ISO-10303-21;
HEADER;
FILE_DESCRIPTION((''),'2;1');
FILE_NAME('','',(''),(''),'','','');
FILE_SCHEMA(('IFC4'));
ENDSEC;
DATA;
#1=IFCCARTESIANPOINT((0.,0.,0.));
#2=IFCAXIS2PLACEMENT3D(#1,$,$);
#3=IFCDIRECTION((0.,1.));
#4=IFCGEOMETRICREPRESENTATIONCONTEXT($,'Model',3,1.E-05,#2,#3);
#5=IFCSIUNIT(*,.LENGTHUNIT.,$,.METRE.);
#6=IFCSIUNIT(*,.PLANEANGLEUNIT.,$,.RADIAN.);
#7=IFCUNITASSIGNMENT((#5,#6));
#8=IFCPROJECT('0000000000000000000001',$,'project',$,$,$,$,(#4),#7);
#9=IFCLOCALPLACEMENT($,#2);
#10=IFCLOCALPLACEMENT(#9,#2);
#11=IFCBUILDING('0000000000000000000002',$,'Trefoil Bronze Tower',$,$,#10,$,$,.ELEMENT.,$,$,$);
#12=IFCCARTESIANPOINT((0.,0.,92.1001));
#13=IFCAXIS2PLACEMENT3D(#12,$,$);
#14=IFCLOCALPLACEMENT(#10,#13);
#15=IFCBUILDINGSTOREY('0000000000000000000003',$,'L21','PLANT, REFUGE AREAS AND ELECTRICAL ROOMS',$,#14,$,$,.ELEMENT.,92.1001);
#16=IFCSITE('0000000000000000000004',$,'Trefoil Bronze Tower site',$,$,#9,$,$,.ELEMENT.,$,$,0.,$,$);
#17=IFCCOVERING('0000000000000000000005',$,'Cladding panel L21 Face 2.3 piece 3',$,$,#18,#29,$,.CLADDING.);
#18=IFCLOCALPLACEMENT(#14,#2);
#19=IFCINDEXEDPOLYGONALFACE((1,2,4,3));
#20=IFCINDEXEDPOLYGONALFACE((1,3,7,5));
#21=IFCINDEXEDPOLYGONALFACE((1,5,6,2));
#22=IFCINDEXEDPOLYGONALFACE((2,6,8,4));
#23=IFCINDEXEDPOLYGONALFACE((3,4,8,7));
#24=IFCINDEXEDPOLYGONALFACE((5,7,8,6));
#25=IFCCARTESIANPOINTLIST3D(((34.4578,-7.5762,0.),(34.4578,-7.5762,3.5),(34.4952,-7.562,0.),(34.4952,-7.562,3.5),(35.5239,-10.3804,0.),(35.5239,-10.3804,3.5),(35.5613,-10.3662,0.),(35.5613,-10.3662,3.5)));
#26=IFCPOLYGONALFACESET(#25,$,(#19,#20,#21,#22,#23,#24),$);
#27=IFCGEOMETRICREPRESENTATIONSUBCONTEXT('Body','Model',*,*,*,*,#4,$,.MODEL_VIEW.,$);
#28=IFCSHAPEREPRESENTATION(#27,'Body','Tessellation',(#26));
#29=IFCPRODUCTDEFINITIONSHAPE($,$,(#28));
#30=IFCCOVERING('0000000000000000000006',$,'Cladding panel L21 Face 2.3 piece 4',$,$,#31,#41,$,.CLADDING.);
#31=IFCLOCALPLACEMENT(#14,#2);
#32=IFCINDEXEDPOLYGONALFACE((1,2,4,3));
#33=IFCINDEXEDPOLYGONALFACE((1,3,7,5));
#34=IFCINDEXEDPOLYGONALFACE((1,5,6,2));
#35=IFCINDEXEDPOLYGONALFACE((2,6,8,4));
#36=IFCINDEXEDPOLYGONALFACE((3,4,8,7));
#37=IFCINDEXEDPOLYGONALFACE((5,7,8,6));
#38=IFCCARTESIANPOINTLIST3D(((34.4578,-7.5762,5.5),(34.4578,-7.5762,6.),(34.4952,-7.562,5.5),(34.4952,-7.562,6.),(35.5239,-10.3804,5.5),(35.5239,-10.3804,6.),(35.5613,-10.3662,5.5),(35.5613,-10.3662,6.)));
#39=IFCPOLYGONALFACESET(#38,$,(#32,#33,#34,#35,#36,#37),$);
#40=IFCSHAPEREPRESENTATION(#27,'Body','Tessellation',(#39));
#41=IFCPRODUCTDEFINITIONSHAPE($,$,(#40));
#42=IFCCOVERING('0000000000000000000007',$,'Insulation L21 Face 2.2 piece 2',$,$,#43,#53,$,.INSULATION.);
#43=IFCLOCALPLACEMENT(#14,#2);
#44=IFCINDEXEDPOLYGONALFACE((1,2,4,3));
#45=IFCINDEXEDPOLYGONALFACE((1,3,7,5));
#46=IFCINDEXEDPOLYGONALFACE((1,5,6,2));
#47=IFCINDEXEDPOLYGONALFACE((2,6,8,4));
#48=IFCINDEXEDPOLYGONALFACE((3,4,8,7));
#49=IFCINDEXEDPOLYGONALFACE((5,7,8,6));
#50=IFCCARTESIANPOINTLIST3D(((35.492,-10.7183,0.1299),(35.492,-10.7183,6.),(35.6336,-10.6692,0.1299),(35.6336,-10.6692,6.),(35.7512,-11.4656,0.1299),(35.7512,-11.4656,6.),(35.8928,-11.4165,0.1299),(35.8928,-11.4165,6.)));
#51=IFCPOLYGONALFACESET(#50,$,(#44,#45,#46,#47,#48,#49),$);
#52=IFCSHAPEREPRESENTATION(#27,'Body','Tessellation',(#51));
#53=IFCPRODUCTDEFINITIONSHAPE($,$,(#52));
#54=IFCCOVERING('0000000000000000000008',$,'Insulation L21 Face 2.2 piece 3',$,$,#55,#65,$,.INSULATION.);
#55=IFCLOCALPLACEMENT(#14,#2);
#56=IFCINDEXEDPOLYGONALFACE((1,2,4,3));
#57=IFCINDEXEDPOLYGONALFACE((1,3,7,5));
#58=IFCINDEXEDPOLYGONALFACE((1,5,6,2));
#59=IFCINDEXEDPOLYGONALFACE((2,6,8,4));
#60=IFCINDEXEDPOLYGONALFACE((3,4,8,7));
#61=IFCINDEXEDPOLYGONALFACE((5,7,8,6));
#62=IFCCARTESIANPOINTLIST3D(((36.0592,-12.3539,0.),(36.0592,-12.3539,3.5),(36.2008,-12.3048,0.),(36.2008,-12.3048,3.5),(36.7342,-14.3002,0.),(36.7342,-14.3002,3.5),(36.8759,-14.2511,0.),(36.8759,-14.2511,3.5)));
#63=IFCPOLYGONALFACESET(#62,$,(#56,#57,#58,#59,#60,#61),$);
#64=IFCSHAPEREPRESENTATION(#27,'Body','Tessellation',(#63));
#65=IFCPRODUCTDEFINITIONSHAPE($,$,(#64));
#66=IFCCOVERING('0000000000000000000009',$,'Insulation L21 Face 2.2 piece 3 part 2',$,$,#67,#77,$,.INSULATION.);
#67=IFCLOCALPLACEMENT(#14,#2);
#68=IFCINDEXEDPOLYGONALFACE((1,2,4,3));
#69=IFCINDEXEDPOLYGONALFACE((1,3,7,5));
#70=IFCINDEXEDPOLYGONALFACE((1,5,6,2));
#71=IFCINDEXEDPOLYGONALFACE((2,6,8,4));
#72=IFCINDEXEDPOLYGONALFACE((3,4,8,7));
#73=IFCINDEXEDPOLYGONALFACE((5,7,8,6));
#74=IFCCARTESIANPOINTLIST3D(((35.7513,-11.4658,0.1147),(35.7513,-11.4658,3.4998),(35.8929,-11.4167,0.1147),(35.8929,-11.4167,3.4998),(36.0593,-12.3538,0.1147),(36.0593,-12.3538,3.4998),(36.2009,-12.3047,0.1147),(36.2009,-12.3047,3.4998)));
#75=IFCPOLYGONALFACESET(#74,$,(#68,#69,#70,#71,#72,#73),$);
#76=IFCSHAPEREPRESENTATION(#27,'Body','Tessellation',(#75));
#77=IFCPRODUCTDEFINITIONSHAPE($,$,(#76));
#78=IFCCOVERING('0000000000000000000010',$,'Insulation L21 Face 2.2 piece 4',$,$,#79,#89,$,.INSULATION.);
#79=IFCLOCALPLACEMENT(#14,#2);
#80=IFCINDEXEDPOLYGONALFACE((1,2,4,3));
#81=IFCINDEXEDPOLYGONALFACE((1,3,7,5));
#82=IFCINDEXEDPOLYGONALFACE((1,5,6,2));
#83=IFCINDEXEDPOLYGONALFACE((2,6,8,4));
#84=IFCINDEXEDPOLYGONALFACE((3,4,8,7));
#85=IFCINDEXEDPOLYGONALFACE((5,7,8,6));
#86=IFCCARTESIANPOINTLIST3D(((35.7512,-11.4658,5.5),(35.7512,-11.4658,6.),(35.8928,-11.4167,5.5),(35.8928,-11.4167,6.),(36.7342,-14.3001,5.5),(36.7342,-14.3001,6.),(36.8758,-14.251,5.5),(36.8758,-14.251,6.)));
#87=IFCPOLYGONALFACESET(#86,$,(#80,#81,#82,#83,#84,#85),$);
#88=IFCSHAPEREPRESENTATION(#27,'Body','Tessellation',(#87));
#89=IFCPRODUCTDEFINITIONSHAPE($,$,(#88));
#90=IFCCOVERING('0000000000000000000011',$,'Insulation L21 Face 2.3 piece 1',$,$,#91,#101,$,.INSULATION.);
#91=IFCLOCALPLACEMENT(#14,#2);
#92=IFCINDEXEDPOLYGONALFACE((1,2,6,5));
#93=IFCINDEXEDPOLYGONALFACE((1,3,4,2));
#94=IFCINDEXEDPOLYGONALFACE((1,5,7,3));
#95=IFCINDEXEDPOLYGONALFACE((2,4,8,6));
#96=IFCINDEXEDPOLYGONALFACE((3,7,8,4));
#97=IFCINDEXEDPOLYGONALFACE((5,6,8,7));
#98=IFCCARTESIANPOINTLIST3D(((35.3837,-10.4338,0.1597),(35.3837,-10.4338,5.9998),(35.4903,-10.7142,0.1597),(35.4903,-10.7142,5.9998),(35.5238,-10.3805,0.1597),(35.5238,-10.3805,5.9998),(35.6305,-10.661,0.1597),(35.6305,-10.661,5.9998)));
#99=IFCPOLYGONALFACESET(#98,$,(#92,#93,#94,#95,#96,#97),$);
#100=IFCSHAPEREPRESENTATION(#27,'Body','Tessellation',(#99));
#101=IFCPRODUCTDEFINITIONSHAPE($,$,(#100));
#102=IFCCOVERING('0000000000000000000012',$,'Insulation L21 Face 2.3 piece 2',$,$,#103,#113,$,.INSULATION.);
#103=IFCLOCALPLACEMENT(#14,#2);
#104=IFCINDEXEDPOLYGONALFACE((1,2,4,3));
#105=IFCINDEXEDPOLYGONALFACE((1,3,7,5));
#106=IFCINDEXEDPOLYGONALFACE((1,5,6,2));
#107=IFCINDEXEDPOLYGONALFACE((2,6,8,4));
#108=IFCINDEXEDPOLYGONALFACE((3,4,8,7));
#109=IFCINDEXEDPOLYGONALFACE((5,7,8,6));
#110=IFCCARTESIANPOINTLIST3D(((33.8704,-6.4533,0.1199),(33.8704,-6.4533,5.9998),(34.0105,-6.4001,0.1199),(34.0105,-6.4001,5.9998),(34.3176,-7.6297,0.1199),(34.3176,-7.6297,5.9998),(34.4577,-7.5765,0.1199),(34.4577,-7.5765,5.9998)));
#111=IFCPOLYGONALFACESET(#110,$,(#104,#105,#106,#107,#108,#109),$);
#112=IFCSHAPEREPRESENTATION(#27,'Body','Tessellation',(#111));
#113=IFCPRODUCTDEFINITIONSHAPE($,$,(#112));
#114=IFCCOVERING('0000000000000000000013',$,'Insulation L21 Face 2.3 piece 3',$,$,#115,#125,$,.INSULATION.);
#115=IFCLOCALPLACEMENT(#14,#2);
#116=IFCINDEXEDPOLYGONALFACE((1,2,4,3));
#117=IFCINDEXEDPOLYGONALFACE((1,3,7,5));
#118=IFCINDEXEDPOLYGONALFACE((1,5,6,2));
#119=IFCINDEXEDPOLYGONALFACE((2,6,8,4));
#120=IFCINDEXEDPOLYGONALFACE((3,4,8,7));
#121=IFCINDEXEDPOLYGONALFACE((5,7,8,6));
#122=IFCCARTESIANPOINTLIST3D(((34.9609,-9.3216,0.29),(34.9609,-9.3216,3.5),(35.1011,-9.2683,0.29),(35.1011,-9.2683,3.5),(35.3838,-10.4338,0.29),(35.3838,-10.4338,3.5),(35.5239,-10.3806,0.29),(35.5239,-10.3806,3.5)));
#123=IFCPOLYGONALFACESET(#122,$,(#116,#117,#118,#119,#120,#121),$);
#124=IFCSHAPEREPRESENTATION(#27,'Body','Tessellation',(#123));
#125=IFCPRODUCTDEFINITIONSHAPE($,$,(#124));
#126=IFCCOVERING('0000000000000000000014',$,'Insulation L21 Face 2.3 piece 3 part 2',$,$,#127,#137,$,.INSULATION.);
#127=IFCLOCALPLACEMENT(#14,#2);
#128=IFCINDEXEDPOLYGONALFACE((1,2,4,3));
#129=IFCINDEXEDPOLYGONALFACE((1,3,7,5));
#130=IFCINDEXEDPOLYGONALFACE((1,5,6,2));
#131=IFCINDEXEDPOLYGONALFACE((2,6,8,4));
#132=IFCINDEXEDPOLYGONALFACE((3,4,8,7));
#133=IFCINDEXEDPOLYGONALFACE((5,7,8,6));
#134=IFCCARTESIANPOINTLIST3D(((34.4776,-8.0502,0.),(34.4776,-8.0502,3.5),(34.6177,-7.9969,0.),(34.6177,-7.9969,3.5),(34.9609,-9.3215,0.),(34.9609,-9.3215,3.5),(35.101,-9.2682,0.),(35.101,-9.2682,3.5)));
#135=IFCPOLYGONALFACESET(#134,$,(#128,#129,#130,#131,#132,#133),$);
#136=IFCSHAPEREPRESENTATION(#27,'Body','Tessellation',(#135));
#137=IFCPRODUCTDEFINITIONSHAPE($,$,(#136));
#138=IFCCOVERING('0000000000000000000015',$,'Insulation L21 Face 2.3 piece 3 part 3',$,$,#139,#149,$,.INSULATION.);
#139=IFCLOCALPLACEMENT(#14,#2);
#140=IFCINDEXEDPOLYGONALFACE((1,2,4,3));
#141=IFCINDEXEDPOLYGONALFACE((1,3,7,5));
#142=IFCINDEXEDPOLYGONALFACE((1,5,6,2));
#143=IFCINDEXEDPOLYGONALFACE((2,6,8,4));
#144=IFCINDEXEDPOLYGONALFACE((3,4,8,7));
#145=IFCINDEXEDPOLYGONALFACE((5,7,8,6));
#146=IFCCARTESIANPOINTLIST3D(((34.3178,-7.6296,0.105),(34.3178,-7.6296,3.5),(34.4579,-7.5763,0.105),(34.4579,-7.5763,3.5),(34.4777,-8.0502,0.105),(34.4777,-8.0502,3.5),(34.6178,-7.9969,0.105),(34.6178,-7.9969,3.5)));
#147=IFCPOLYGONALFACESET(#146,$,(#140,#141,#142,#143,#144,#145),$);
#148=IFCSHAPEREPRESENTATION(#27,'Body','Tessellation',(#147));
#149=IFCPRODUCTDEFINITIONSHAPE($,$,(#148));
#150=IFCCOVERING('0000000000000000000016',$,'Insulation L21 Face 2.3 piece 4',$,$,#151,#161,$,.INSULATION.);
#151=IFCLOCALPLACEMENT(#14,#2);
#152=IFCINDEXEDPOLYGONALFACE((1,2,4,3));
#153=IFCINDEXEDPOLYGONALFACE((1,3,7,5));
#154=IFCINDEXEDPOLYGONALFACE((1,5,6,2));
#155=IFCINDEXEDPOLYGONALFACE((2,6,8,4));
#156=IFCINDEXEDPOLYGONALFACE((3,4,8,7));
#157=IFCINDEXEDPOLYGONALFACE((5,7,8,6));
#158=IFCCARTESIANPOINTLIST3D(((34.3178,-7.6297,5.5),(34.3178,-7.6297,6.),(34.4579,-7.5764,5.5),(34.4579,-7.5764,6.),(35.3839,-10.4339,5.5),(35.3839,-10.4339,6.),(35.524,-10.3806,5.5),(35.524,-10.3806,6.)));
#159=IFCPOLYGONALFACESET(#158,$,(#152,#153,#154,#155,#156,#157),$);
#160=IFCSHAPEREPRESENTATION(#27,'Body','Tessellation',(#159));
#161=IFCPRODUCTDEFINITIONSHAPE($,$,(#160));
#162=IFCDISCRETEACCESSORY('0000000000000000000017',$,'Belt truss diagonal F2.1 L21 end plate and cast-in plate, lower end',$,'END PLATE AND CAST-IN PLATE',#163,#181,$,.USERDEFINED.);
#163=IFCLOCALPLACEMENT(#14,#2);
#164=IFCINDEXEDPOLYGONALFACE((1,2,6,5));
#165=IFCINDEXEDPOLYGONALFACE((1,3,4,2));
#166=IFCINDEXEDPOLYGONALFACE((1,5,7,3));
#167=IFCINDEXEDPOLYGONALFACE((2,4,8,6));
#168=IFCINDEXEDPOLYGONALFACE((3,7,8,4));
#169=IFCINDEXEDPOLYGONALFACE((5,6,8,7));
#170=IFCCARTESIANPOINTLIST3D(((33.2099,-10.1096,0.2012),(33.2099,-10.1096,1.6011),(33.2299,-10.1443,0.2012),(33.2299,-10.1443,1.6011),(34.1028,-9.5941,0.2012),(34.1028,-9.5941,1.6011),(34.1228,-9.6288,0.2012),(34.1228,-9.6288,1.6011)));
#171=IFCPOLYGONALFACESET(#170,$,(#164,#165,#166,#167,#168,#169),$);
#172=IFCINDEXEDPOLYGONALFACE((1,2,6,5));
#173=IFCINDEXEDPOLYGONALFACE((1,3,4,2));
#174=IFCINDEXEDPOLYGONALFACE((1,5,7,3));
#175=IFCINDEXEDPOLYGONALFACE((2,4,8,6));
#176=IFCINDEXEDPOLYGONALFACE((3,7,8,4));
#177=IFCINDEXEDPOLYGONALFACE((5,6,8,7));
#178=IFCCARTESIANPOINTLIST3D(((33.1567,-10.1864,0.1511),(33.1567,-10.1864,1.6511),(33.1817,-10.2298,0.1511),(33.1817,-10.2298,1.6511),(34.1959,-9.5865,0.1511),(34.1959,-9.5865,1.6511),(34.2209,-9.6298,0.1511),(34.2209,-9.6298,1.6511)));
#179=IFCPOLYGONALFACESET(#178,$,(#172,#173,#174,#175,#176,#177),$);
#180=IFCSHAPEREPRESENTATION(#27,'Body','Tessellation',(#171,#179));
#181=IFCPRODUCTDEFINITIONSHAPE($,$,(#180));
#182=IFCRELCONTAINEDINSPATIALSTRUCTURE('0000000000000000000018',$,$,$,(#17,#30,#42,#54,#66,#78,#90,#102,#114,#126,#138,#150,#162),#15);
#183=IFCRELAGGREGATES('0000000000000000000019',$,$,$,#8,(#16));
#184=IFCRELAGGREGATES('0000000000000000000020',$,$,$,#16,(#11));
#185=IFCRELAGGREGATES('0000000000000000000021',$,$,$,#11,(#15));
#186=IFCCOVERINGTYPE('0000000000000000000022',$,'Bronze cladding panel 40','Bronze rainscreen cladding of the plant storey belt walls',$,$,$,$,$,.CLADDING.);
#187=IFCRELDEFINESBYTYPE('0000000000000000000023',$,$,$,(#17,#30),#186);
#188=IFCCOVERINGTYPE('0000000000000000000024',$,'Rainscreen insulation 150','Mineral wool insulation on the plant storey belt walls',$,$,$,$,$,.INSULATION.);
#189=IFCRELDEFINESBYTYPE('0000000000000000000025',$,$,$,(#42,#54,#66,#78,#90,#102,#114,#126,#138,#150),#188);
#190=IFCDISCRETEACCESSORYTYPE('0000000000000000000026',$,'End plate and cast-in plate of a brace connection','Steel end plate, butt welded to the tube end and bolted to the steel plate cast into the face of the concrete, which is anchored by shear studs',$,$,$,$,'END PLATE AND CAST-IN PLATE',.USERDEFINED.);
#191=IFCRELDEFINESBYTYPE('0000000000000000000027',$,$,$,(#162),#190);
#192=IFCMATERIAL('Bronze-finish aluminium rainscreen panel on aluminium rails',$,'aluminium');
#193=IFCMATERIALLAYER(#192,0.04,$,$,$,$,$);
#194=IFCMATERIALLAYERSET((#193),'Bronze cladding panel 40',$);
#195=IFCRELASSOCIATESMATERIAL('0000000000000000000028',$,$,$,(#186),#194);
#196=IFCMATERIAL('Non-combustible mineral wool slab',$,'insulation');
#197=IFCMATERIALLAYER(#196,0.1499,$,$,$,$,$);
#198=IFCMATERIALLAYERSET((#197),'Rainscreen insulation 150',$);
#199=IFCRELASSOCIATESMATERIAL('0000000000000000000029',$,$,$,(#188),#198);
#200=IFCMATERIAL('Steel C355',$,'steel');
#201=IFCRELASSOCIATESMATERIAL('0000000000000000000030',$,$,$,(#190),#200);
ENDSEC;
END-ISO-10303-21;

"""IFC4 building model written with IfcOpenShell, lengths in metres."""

from ifc_helpers import new_model, si_unit, direction, frame, origin, origin_2d, place, context, subcontext, project, spatial, rectangle, extrude, material, layer, layer_set, type_object, element, save


model = new_model("IFC4")

# Units and contexts
model_context = context("Model", 3, precision=1e-05, world=origin(), true_north=direction((0.0, 1.0)))
body_context = subcontext(model_context, "Body", "Model", "MODEL_VIEW")
ifc_project = project(units=[si_unit("LENGTHUNIT", "METRE"), si_unit("PLANEANGLEUNIT", "RADIAN")], contexts=[model_context])

# Site, building, storey
site_placement = place(None, origin())
site = spatial("IfcSite", under=ifc_project, at=site_placement, Name="Trefoil Bronze Tower site", CompositionType="ELEMENT", RefElevation=0.0)
building_placement = place(site_placement, origin())
building = spatial("IfcBuilding", under=site, at=building_placement, Name="Trefoil Bronze Tower", CompositionType="ELEMENT")
storey_placement = place(building_placement, frame((0.0, 0.0, 92.1001)))
storey = spatial("IfcBuildingStorey", under=building, at=storey_placement, Name="L21", Description="PLANT, REFUGE AREAS AND ELECTRICAL ROOMS", CompositionType="ELEMENT", Elevation=92.1001)

# Coverings
ifc_material_1 = material(Name="Bronze-finish aluminium rainscreen panel on aluminium rails", Category="aluminium")
ifc_layer_1 = layer(ifc_material_1, 0.04)
ifc_layer_set_1 = layer_set([ifc_layer_1], Name="Bronze cladding panel 40")
covering_type_1 = type_object("IfcCoveringType", Name="Bronze cladding panel 40", Description="Bronze rainscreen cladding of the plant storey belt walls", PredefinedType="CLADDING", material=ifc_layer_set_1)
covering_1_placement = place(storey_placement, frame((35.0095, -8.9712, 0.0), z_axis=(0.0, 0.0, 1.0), x_axis=(-0.355371, 0.934725, 0.0)))
element("IfcCovering", 1, at=covering_1_placement, inside=storey, type_object=covering_type_1, Name="Cladding panel L21 Face 2.3 piece 3", PredefinedType="CLADDING", context=body_context, shape_type="SweptSolid", body=[
    extrude(rectangle(XDim=3.0, YDim=0.04, at=origin_2d()), origin(), (0.0, 0.0, 1.0), 3.5),
])
covering_2_placement = place(storey_placement, frame((35.0095, -8.9712, 5.5), z_axis=(0.0, 0.0, 1.0), x_axis=(-0.355371, 0.934725, 0.0)))
element("IfcCovering", 2, at=covering_2_placement, inside=storey, type_object=covering_type_1, Name="Cladding panel L21 Face 2.3 piece 4", PredefinedType="CLADDING", context=body_context, shape_type="SweptSolid", body=[
    extrude(rectangle(XDim=3.0, YDim=0.04, at=origin_2d()), origin(), (0.0, 0.0, 1.0), 0.5),
])
ifc_material_2 = material(Name="Non-combustible mineral wool slab", Category="insulation")
ifc_layer_2 = layer(ifc_material_2, 0.1499)
ifc_layer_set_2 = layer_set([ifc_layer_2], Name="Rainscreen insulation 150")
covering_type_2 = type_object("IfcCoveringType", Name="Rainscreen insulation 150", Description="Mineral wool insulation on the plant storey belt walls", PredefinedType="INSULATION", material=ifc_layer_set_2)
covering_3_placement = place(storey_placement, frame((35.6924, -11.0674, 0.1299), z_axis=(0.0, 0.0, 1.0), x_axis=(-0.327674, 0.944791, 0.0)))
element("IfcCovering", 3, at=covering_3_placement, inside=storey, type_object=covering_type_2, Name="Insulation L21 Face 2.2 piece 2", PredefinedType="INSULATION", context=body_context, shape_type="SweptSolid", body=[
    extrude(rectangle(XDim=0.791, YDim=0.1499, at=origin_2d()), origin(), (0.0, 0.0, 1.0), 5.8701),
])
covering_4_placement = place(storey_placement, frame((36.4675, -13.3025, 0.0), z_axis=(0.0, 0.0, 1.0), x_axis=(-0.327674, 0.944791, 0.0)))
element("IfcCovering", 4, at=covering_4_placement, inside=storey, type_object=covering_type_2, Name="Insulation L21 Face 2.2 piece 3", PredefinedType="INSULATION", context=body_context, shape_type="SweptSolid", body=[
    extrude(rectangle(XDim=2.0601, YDim=0.1499, at=origin_2d()), origin(), (0.0, 0.0, 1.0), 3.5),
])
covering_5_placement = place(storey_placement, frame((35.9761, -11.8853, 0.1147), z_axis=(0.0, 0.0, 1.0), x_axis=(-0.327674, 0.944791, 0.0)))
element("IfcCovering", 5, at=covering_5_placement, inside=storey, type_object=covering_type_2, Name="Insulation L21 Face 2.2 piece 3 part 2", PredefinedType="INSULATION", context=body_context, shape_type="SweptSolid", body=[
    extrude(rectangle(XDim=0.9399, YDim=0.1499, at=origin_2d()), origin(), (0.0, 0.0, 1.0), 3.385),
])
covering_6_placement = place(storey_placement, frame((36.3135, -12.8584, 5.5), z_axis=(0.0, 0.0, 1.0), x_axis=(-0.327674, 0.944791, 0.0)))
element("IfcCovering", 6, at=covering_6_placement, inside=storey, type_object=covering_type_2, Name="Insulation L21 Face 2.2 piece 4", PredefinedType="INSULATION", context=body_context, shape_type="SweptSolid", body=[
    extrude(rectangle(XDim=3.0, YDim=0.1499, at=origin_2d()), origin(), (0.0, 0.0, 1.0), 0.5),
])
covering_7_placement = place(storey_placement, frame((35.5071, -10.5474, 0.1597), z_axis=(0.0, 0.0, 1.0), x_axis=(-0.355371, 0.934725, 0.0)))
element("IfcCovering", 7, at=covering_7_placement, inside=storey, type_object=covering_type_2, Name="Insulation L21 Face 2.3 piece 1", PredefinedType="INSULATION", context=body_context, shape_type="SweptSolid", body=[
    extrude(rectangle(XDim=0.3, YDim=0.1499, at=origin_2d()), origin(), (0.0, 0.0, 1.0), 5.8401),
])
covering_8_placement = place(storey_placement, frame((34.1641, -7.0149, 0.1199), z_axis=(0.0, 0.0, 1.0), x_axis=(-0.355371, 0.934725, 0.0)))
element("IfcCovering", 8, at=covering_8_placement, inside=storey, type_object=covering_type_2, Name="Insulation L21 Face 2.3 piece 2", PredefinedType="INSULATION", context=body_context, shape_type="SweptSolid", body=[
    extrude(rectangle(XDim=1.2585, YDim=0.1499, at=origin_2d()), origin(), (0.0, 0.0, 1.0), 5.8799),
])
covering_9_placement = place(storey_placement, frame((35.2424, -9.8511, 0.29), z_axis=(0.0, 0.0, 1.0), x_axis=(-0.355371, 0.934725, 0.0)))
element("IfcCovering", 9, at=covering_9_placement, inside=storey, type_object=covering_type_2, Name="Insulation L21 Face 2.3 piece 3", PredefinedType="INSULATION", context=body_context, shape_type="SweptSolid", body=[
    extrude(rectangle(XDim=1.1899, YDim=0.1499, at=origin_2d()), origin(), (0.0, 0.0, 1.0), 3.21),
])
covering_10_placement = place(storey_placement, frame((34.7893, -8.6592, 0.0), z_axis=(0.0, 0.0, 1.0), x_axis=(-0.355371, 0.934725, 0.0)))
element("IfcCovering", 10, at=covering_10_placement, inside=storey, type_object=covering_type_2, Name="Insulation L21 Face 2.3 piece 3 part 2", PredefinedType="INSULATION", context=body_context, shape_type="SweptSolid", body=[
    extrude(rectangle(XDim=1.3601, YDim=0.1499, at=origin_2d()), origin(), (0.0, 0.0, 1.0), 3.5),
])
covering_11_placement = place(storey_placement, frame((34.4678, -7.8132, 0.105), z_axis=(0.0, 0.0, 1.0), x_axis=(-0.355371, 0.934725, 0.0)))
element("IfcCovering", 11, at=covering_11_placement, inside=storey, type_object=covering_type_2, Name="Insulation L21 Face 2.3 piece 3 part 3", PredefinedType="INSULATION", context=body_context, shape_type="SweptSolid", body=[
    extrude(rectangle(XDim=0.45, YDim=0.1499, at=origin_2d()), origin(), (0.0, 0.0, 1.0), 3.395),
])
covering_12_placement = place(storey_placement, frame((34.9209, -9.0051, 5.5), z_axis=(0.0, 0.0, 1.0), x_axis=(-0.355371, 0.934725, 0.0)))
element("IfcCovering", 12, at=covering_12_placement, inside=storey, type_object=covering_type_2, Name="Insulation L21 Face 2.3 piece 4", PredefinedType="INSULATION", context=body_context, shape_type="SweptSolid", body=[
    extrude(rectangle(XDim=3.0, YDim=0.1499, at=origin_2d()), origin(), (0.0, 0.0, 1.0), 0.5),
])

# Discrete accessory
ifc_material_3 = material(Name="Steel C355", Category="steel")
discrete_accessory_type = type_object("IfcDiscreteAccessoryType", Name="End plate and cast-in plate of a brace connection", Description="Steel end plate, butt welded to the tube end and bolted to the steel plate cast into the face of the concrete, which is anchored by shear studs", ElementType="END PLATE AND CAST-IN PLATE", PredefinedType="USERDEFINED", material=ifc_material_3)
discrete_accessory_1_placement = place(storey_placement, frame((33.676, -9.8865, 0.9011), z_axis=(0.0, 0.0, 1.0), x_axis=(-0.5, 0.866025, 0.0)))
element("IfcDiscreteAccessory", 13, at=discrete_accessory_1_placement, inside=storey, type_object=discrete_accessory_type, Name="Belt truss diagonal F2.1 L21 end plate and cast-in plate, lower end", ObjectType="END PLATE AND CAST-IN PLATE", PredefinedType="USERDEFINED", context=body_context, shape_type="SweptSolid", body=[
    extrude(rectangle(XDim=0.04, YDim=1.031, at=origin_2d()), frame((0.0198, -0.0002, -0.7)), (0.0, 0.0, 1.0), 1.3999),
    extrude(rectangle(XDim=0.05, YDim=1.2, at=origin_2d()), frame((-0.0251, -0.0002, -0.75)), (0.0, 0.0, 1.0), 1.5),
])

save(model, "model.ifc")
